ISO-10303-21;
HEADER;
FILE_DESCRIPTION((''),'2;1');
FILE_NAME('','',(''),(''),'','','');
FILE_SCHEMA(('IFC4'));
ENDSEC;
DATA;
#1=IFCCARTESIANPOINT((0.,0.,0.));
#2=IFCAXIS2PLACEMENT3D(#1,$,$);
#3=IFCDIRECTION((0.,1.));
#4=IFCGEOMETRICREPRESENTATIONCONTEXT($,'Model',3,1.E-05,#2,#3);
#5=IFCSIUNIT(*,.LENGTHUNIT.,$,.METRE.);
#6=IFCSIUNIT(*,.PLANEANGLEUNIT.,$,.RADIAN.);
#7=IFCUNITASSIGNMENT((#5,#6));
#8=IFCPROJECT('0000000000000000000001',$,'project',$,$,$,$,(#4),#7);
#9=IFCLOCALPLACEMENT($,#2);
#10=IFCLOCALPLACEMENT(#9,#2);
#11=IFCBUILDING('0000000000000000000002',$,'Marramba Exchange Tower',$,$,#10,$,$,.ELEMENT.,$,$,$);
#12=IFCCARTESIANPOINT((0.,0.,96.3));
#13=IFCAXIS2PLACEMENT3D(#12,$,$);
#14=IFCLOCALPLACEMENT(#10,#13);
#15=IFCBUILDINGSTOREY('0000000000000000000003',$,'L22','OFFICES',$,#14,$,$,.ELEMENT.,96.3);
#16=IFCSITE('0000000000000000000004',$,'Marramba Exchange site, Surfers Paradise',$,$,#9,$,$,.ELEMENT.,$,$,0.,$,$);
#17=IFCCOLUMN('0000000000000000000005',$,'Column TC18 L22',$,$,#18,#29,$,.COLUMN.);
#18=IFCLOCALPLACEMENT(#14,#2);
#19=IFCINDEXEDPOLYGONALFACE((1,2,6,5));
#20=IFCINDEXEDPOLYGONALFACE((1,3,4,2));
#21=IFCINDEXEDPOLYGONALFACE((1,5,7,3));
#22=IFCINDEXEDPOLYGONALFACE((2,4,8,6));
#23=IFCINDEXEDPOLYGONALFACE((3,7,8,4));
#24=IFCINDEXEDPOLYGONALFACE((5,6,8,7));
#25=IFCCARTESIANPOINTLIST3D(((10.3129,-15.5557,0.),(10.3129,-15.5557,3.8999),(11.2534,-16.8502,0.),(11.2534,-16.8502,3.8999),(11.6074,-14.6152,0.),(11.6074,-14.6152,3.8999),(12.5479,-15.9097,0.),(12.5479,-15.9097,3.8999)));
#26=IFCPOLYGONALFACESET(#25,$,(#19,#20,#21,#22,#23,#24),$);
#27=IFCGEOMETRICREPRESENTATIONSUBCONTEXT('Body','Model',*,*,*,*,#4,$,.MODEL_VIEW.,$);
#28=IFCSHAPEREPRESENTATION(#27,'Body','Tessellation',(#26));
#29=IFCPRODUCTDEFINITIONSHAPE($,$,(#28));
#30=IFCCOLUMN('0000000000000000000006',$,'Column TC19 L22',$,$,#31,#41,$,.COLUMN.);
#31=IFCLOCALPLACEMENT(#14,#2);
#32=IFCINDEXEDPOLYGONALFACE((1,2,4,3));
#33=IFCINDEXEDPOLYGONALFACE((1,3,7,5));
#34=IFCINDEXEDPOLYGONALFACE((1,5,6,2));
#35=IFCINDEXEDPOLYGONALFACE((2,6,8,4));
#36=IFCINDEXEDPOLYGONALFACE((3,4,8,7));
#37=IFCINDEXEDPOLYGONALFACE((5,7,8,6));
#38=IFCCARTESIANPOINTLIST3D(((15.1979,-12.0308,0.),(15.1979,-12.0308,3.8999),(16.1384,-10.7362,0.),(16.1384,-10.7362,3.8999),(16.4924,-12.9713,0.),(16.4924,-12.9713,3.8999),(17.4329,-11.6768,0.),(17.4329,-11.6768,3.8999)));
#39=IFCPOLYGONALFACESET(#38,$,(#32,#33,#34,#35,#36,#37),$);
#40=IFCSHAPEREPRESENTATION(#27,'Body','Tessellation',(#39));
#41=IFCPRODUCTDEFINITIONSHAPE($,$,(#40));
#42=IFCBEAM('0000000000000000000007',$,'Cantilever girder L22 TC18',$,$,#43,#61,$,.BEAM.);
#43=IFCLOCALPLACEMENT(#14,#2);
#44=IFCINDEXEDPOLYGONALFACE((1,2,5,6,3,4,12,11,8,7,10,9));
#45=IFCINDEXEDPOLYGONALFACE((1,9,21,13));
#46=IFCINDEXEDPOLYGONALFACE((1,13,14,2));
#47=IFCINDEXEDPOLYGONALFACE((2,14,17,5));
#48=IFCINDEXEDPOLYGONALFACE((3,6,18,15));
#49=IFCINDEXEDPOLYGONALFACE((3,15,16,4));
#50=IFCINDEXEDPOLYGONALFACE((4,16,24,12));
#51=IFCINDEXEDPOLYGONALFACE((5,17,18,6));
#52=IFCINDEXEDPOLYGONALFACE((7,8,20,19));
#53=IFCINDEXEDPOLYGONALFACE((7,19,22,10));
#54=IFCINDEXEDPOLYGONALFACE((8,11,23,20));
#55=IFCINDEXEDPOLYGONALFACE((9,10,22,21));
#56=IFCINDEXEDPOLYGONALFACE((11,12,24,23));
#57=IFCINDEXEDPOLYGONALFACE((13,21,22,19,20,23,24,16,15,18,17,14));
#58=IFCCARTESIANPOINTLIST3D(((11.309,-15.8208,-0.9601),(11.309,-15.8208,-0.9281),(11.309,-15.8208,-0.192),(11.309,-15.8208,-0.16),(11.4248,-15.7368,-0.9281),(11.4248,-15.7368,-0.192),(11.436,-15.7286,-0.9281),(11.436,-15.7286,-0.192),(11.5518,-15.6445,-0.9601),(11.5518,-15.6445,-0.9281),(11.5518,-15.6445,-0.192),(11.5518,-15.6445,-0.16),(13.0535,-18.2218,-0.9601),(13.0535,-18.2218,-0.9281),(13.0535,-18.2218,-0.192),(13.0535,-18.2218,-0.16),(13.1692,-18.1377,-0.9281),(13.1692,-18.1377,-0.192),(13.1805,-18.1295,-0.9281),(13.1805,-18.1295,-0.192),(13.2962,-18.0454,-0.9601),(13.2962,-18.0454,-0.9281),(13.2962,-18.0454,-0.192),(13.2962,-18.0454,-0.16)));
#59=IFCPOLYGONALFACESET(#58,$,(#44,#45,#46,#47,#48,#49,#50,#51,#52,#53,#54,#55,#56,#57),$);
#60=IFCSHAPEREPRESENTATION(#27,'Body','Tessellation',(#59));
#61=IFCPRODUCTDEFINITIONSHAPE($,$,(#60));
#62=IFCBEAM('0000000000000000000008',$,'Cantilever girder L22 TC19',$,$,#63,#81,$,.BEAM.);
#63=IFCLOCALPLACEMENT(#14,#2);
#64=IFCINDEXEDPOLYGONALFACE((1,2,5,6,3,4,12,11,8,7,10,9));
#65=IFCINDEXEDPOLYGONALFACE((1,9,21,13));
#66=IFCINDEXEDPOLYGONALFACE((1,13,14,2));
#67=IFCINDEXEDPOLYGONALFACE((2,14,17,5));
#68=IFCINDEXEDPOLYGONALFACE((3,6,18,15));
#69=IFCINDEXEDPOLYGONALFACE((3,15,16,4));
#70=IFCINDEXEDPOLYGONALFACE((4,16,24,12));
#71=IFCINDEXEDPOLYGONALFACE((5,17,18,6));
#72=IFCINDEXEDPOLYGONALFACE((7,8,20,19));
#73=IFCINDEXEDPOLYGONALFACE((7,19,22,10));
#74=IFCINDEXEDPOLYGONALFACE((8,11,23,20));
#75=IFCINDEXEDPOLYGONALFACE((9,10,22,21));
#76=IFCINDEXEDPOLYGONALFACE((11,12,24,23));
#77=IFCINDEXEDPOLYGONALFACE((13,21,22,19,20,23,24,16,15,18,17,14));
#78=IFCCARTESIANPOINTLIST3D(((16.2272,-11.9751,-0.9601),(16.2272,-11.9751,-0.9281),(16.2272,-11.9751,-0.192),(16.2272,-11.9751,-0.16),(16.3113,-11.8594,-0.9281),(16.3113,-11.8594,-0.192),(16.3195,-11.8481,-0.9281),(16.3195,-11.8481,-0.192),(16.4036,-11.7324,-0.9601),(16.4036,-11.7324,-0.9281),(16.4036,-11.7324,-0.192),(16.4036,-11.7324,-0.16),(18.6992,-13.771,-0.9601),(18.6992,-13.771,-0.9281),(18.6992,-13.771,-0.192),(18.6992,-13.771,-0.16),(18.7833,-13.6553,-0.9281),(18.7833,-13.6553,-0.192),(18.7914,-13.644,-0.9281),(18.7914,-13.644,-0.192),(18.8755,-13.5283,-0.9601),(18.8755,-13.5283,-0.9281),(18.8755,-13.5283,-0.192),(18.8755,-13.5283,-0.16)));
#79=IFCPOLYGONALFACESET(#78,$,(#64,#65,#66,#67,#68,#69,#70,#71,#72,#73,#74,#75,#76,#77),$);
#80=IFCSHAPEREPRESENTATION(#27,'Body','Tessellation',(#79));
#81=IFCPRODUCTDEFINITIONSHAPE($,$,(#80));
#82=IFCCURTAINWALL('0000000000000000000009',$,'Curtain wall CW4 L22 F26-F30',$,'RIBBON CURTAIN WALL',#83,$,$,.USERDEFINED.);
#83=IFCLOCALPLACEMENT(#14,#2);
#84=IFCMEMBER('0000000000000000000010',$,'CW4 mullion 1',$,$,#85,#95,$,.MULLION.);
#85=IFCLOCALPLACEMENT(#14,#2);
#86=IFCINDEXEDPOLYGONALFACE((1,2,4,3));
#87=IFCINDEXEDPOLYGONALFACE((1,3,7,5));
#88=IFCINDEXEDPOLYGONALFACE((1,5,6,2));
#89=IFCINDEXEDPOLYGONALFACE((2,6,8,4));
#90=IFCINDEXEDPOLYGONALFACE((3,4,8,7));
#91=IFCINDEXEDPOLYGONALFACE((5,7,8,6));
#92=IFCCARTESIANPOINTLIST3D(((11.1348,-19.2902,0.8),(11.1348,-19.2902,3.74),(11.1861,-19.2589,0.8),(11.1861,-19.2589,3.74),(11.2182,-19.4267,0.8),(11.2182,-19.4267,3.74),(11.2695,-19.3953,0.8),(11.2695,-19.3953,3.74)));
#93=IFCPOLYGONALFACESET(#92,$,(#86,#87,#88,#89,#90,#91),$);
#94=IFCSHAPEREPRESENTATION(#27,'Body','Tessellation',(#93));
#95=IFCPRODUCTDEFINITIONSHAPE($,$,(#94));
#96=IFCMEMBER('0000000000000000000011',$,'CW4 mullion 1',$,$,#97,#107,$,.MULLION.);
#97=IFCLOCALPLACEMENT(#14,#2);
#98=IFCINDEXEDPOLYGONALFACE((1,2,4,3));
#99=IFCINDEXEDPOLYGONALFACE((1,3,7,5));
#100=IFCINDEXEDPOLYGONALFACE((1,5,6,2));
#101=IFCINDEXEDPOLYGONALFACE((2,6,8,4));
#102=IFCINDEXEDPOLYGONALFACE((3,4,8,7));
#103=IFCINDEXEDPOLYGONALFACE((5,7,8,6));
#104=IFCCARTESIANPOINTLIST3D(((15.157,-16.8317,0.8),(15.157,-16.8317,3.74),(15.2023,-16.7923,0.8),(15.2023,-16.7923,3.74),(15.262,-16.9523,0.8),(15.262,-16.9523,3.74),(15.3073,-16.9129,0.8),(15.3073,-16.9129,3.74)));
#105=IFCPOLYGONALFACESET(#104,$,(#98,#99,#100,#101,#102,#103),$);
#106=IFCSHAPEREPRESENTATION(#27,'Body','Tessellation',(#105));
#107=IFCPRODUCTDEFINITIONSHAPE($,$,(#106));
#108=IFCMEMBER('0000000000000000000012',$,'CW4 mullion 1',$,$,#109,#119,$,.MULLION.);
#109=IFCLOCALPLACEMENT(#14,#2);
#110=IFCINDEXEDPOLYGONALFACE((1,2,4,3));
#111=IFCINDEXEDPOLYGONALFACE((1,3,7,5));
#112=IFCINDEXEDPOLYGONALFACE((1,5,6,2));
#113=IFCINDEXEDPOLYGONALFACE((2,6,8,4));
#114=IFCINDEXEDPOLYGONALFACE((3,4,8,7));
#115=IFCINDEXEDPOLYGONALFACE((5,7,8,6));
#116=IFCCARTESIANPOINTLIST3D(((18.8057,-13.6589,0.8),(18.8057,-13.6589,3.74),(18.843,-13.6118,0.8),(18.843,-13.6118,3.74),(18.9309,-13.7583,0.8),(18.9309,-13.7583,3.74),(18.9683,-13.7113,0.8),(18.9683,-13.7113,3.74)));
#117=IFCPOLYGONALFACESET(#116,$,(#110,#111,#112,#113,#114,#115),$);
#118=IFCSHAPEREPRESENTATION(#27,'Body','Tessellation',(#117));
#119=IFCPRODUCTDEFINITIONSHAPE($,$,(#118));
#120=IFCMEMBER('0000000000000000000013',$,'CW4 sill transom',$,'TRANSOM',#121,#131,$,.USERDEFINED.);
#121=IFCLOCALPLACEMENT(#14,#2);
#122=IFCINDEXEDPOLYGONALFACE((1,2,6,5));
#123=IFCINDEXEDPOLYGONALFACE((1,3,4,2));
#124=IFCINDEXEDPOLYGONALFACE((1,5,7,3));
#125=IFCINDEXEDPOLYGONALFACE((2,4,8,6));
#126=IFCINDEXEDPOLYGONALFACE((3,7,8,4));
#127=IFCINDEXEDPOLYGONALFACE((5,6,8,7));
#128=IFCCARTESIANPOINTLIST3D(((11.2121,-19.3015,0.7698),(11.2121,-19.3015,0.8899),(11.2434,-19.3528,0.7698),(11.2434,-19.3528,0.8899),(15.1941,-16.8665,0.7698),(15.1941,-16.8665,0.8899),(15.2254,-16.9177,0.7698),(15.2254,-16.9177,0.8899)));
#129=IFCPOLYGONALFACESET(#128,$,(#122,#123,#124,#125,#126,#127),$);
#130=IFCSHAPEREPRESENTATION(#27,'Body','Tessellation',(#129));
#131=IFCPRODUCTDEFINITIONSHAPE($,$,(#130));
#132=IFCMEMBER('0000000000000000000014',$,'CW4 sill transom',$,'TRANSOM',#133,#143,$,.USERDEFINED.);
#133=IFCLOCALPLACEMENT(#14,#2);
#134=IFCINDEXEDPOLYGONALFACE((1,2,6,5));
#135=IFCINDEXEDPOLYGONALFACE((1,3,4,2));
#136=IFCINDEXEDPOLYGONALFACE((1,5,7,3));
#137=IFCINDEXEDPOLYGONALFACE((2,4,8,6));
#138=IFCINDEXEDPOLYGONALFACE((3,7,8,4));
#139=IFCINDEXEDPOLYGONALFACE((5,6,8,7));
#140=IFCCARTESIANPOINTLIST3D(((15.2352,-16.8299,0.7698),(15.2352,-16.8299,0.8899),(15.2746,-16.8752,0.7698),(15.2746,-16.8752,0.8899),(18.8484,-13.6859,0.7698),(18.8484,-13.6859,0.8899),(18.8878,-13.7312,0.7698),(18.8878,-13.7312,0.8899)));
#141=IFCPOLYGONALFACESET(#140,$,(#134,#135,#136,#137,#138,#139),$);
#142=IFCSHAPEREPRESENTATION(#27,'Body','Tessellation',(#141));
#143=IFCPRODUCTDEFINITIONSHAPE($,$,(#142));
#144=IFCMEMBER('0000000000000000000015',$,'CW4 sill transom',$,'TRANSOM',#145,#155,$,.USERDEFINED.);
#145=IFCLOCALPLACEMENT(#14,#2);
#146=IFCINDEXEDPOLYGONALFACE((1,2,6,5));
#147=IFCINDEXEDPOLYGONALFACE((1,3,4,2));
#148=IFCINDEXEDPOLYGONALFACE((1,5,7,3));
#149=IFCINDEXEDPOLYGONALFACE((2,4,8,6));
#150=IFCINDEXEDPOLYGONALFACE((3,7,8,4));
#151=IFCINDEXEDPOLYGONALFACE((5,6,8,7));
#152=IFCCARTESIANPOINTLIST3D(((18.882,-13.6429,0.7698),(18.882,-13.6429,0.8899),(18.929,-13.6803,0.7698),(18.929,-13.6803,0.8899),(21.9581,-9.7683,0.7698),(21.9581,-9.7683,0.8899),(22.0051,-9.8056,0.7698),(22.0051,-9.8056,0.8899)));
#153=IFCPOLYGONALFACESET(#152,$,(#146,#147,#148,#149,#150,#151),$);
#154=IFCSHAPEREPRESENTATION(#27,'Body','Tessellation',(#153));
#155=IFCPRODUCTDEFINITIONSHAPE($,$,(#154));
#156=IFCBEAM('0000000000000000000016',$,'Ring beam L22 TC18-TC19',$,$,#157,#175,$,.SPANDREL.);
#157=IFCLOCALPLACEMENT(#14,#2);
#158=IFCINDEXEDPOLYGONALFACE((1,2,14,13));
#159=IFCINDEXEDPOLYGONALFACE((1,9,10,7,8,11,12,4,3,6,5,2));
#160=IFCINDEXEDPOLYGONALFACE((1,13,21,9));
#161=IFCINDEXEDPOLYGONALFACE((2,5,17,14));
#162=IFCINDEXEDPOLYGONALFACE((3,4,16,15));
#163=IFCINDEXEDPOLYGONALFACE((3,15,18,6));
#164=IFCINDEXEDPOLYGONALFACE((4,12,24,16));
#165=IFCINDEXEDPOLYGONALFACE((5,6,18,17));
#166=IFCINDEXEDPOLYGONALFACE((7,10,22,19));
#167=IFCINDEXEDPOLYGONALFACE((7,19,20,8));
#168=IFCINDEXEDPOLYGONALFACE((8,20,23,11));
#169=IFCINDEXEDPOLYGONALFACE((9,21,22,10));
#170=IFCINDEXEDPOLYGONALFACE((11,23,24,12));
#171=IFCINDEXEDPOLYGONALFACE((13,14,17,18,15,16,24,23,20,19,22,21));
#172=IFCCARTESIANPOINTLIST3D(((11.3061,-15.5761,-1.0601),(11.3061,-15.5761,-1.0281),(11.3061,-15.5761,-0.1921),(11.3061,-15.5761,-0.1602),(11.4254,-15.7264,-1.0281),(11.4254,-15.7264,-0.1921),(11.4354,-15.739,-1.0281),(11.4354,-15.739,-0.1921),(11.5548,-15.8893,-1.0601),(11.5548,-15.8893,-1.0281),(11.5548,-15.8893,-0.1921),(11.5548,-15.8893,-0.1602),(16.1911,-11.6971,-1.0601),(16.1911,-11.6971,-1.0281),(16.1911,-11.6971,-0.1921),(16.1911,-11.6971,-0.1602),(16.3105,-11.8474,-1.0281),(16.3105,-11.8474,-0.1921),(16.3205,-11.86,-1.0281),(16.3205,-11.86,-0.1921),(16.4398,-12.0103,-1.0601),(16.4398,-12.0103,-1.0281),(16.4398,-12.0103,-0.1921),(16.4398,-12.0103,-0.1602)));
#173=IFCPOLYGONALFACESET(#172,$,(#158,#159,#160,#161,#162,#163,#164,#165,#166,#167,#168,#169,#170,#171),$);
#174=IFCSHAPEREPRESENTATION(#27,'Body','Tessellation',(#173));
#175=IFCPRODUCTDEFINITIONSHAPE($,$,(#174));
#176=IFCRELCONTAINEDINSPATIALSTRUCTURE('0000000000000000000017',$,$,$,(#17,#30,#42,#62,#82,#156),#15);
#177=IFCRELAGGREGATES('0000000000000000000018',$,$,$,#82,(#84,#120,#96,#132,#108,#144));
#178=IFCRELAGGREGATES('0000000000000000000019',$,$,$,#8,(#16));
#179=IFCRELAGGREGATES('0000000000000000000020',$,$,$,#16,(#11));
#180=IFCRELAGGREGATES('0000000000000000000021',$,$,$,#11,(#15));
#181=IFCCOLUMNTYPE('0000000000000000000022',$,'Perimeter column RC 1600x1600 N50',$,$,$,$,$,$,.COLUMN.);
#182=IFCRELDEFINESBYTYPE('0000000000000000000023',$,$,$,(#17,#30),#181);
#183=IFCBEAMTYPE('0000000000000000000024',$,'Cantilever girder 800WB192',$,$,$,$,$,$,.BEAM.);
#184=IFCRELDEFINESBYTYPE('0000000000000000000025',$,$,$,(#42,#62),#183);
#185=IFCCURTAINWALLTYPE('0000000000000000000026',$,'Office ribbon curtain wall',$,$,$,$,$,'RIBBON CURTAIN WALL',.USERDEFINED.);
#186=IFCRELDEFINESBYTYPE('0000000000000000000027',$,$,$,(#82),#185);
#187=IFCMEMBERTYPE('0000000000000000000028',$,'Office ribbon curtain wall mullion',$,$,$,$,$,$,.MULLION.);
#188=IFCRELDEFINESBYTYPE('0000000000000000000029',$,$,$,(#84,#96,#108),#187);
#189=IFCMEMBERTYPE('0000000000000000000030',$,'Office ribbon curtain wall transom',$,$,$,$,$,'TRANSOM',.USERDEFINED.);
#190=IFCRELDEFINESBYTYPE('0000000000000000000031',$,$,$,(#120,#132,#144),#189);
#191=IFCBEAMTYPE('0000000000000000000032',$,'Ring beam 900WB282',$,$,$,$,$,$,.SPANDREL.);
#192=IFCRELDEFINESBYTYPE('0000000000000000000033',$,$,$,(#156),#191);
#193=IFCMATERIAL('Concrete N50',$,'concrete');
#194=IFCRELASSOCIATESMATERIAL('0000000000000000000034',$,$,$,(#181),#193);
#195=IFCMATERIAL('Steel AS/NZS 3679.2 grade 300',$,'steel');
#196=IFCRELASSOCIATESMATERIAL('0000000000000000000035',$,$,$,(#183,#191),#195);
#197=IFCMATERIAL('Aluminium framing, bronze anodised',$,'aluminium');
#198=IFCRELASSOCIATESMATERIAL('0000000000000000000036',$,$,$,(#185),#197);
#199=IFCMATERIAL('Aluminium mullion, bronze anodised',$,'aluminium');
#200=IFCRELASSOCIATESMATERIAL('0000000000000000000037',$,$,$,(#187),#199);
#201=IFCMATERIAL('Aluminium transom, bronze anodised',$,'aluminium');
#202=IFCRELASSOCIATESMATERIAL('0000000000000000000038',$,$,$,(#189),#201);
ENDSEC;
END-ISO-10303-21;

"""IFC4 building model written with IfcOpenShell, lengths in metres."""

from ifc_helpers import new_model, si_unit, direction, frame, origin, origin_2d, place, context, subcontext, project, spatial, rectangle, i_section, extrude, material, material_profile, profile_set, type_object, element, aggregate, save


model = new_model("IFC4")

# Units and contexts
model_context = context("Model", 3, precision=1e-05, world=origin(), true_north=direction((0.0, 1.0)))
body_context = subcontext(model_context, "Body", "Model", "MODEL_VIEW")
ifc_project = project(units=[si_unit("LENGTHUNIT", "METRE"), si_unit("PLANEANGLEUNIT", "RADIAN")], contexts=[model_context])

# Site, building, storey
site_placement = place(None, origin())
site = spatial("IfcSite", under=ifc_project, at=site_placement, Name="Marramba Exchange site, Surfers Paradise", CompositionType="ELEMENT", RefElevation=0.0)
building_placement = place(site_placement, origin())
building = spatial("IfcBuilding", under=site, at=building_placement, Name="Marramba Exchange Tower", CompositionType="ELEMENT")
storey_placement = place(building_placement, frame((0.0, 0.0, 96.3)))
storey = spatial("IfcBuildingStorey", under=building, at=storey_placement, Name="L22", Description="OFFICES", CompositionType="ELEMENT", Elevation=96.3)

# Columns
ifc_material_1 = material(Name="Concrete N50", Category="concrete")
ifc_material_profile_1 = material_profile(ifc_material_1, rectangle(XDim=1.6001, YDim=1.6001, at=origin_2d()), Name="RC 1600x1600")
ifc_profile_set_1 = profile_set([ifc_material_profile_1], Name="Concrete N50")
column_type = type_object("IfcColumnType", Name="Perimeter column RC 1600x1600 N50", PredefinedType="COLUMN", material=ifc_profile_set_1)
for number, where, z_axis, x_axis, name in (
    (1, (11.4304, -15.7327, 0.0), (0.0, 0.0, 1.0), (0.587785, -0.809017, 0.0), "Column TC18 L22"),
    (2, (16.3154, -11.8538, 0.0), (0.0, 0.0, 1.0), (0.809017, -0.587785, 0.0), "Column TC19 L22"),
):
    element("IfcColumn", number, at=place(storey_placement, frame(where, z_axis=z_axis, x_axis=x_axis)), inside=storey, type_object=column_type, Name=name, PredefinedType="COLUMN", context=body_context, shape_type="SweptSolid", body=[
        extrude(rectangle(XDim=1.6001, YDim=1.6001, at=origin_2d()), origin(), (0.0, 0.0, 1.0), 3.8999),
    ])

# Beams
ifc_material_2 = material(Name="Steel AS/NZS 3679.2 grade 300", Category="steel")
ifc_material_profile_2 = material_profile(ifc_material_2, i_section(OverallWidth=0.3, OverallDepth=0.8, WebThickness=0.0139, FlangeThickness=0.032, at=origin_2d()), Name="800WB192")
ifc_profile_set_2 = profile_set([ifc_material_profile_2], Name="Steel AS/NZS 3679.2 grade 300")
beam_type_1 = type_object("IfcBeamType", Name="Cantilever girder 800WB192", PredefinedType="BEAM", material=ifc_profile_set_2)
beam_1_placement = place(storey_placement, frame((11.4304, -15.7327, -0.5601), z_axis=(0.587795, -0.80901, 0.0), x_axis=(0.80901, 0.587795, 0.0)))
element("IfcBeam", 3, at=beam_1_placement, inside=storey, type_object=beam_type_1, Name="Cantilever girder L22 TC18", PredefinedType="BEAM", context=body_context, shape_type="SweptSolid", body=[
    extrude(i_section(OverallWidth=0.3, OverallDepth=0.8, WebThickness=0.0139, FlangeThickness=0.032, at=origin_2d()), origin(), (0.0, 0.0, 1.0), 2.9678),
])
beam_2_placement = place(storey_placement, frame((16.3154, -11.8538, -0.5601), z_axis=(0.809026, -0.587773, 0.0), x_axis=(0.587773, 0.809026, 0.0)))
element("IfcBeam", 4, at=beam_2_placement, inside=storey, type_object=beam_type_1, Name="Cantilever girder L22 TC19", PredefinedType="BEAM", context=body_context, shape_type="SweptSolid", body=[
    extrude(i_section(OverallWidth=0.3, OverallDepth=0.8, WebThickness=0.0139, FlangeThickness=0.032, at=origin_2d()), origin(), (0.0, 0.0, 1.0), 3.0554),
])

# Curtain wall, members
ifc_material_3 = material(Name="Aluminium framing, bronze anodised", Category="aluminium")
curtain_wall_type = type_object("IfcCurtainWallType", Name="Office ribbon curtain wall", ElementType="RIBBON CURTAIN WALL", PredefinedType="USERDEFINED", material=ifc_material_3)
curtain_wall_placement = place(storey_placement, origin())
curtain_wall = element("IfcCurtainWall", 5, at=curtain_wall_placement, inside=storey, type_object=curtain_wall_type, Name="Curtain wall CW4 L22 F26-F30", ObjectType="RIBBON CURTAIN WALL", PredefinedType="USERDEFINED")
ifc_material_4 = material(Name="Aluminium mullion, bronze anodised", Category="aluminium")
ifc_material_profile_3 = material_profile(ifc_material_4, rectangle(XDim=0.1599, YDim=0.0601, at=origin_2d()), Name="CW4 mullion 60x160")
ifc_profile_set_3 = profile_set([ifc_material_profile_3], Name="Aluminium mullion, bronze anodised")
member_type_1 = type_object("IfcMemberType", Name="Office ribbon curtain wall mullion", PredefinedType="MULLION", material=ifc_profile_set_3)
member_1_placement = place(storey_placement, frame((11.2021, -19.3428, 0.8), z_axis=(0.0, 0.0, 1.0), x_axis=(-0.521733, 0.853109, 0.0)))
member_1 = element("IfcMember", 6, at=member_1_placement, type_object=member_type_1, Name="CW4 mullion 1", PredefinedType="MULLION", context=body_context, shape_type="SweptSolid", body=[
    extrude(rectangle(XDim=0.1599, YDim=0.0601, at=origin_2d()), origin(), (0.0, 0.0, 1.0), 2.9399),
])
member_2_placement = place(storey_placement, frame((15.2322, -16.8723, 0.8), z_axis=(0.0, 0.0, 1.0), x_axis=(-0.656432, 0.754386, 0.0)))
member_2 = element("IfcMember", 7, at=member_2_placement, type_object=member_type_1, Name="CW4 mullion 1", PredefinedType="MULLION", context=body_context, shape_type="SweptSolid", body=[
    extrude(rectangle(XDim=0.1599, YDim=0.0601, at=origin_2d()), origin(), (0.0, 0.0, 1.0), 2.9399),
])
member_3_placement = place(storey_placement, frame((18.887, -13.6851, 0.8), z_axis=(0.0, 0.0, 1.0), x_axis=(-0.78317, 0.621807, 0.0)))
member_3 = element("IfcMember", 8, at=member_3_placement, type_object=member_type_1, Name="CW4 mullion 1", PredefinedType="MULLION", context=body_context, shape_type="SweptSolid", body=[
    extrude(rectangle(XDim=0.1599, YDim=0.0601, at=origin_2d()), origin(), (0.0, 0.0, 1.0), 2.9399),
])
ifc_material_5 = material(Name="Aluminium transom, bronze anodised", Category="aluminium")
ifc_material_profile_4 = material_profile(ifc_material_5, rectangle(XDim=0.0601, YDim=0.1201, at=origin_2d()), Name="CW4 transom 60x120")
ifc_profile_set_4 = profile_set([ifc_material_profile_4], Name="Aluminium transom, bronze anodised")
member_type_2 = type_object("IfcMemberType", Name="Office ribbon curtain wall transom", ElementType="TRANSOM", PredefinedType="USERDEFINED", material=ifc_profile_set_4)
member_4_placement = place(storey_placement, frame((11.2278, -19.3271, 0.8298), z_axis=(0.853124, 0.521708, 0.0), x_axis=(-0.521708, 0.853124, 0.0)))
member_4 = element("IfcMember", 9, at=member_4_placement, type_object=member_type_2, Name="CW4 sill transom", ObjectType="TRANSOM", PredefinedType="USERDEFINED", context=body_context, shape_type="SweptSolid", body=[
    extrude(rectangle(XDim=0.0601, YDim=0.1201, at=origin_2d()), origin(), (0.0, 0.0, 1.0), 4.6675),
])
member_5_placement = place(storey_placement, frame((15.2549, -16.8525, 0.8298), z_axis=(0.754393, 0.656424, 0.0), x_axis=(-0.656424, 0.754393, 0.0)))
member_5 = element("IfcMember", 10, at=member_5_placement, type_object=member_type_2, Name="CW4 sill transom", ObjectType="TRANSOM", PredefinedType="USERDEFINED", context=body_context, shape_type="SweptSolid", body=[
    extrude(rectangle(XDim=0.0601, YDim=0.1201, at=origin_2d()), origin(), (0.0, 0.0, 1.0), 4.7896),
])
member_6_placement = place(storey_placement, frame((18.9055, -13.6616, 0.8298), z_axis=(0.621778, 0.783194, 0.0), x_axis=(-0.783194, 0.621778, 0.0)))
member_6 = element("IfcMember", 11, at=member_6_placement, type_object=member_type_2, Name="CW4 sill transom", ObjectType="TRANSOM", PredefinedType="USERDEFINED", context=body_context, shape_type="SweptSolid", body=[
    extrude(rectangle(XDim=0.0601, YDim=0.1201, at=origin_2d()), origin(), (0.0, 0.0, 1.0), 4.9473),
])

# Beam
ifc_material_profile_5 = material_profile(ifc_material_2, i_section(OverallWidth=0.3999, OverallDepth=0.8999, WebThickness=0.0161, FlangeThickness=0.032, at=origin_2d()), Name="900WB282")
ifc_profile_set_5 = profile_set([ifc_material_profile_5], Name="Steel AS/NZS 3679.2 grade 300")
beam_type_2 = type_object("IfcBeamType", Name="Ring beam 900WB282", PredefinedType="SPANDREL", material=ifc_profile_set_5)
beam_3_placement = place(storey_placement, frame((11.4304, -15.7327, -0.6101), z_axis=(0.783139, 0.621846, 0.0), x_axis=(-0.621846, 0.783139, 0.0)))
element("IfcBeam", 12, at=beam_3_placement, inside=storey, type_object=beam_type_2, Name="Ring beam L22 TC18-TC19", PredefinedType="SPANDREL", context=body_context, shape_type="SweptSolid", body=[
    extrude(i_section(OverallWidth=0.3999, OverallDepth=0.8999, WebThickness=0.0161, FlangeThickness=0.032, at=origin_2d()), origin(), (0.0, 0.0, 1.0), 6.2378),
])

aggregate(curtain_wall, [member_1, member_4, member_2, member_5, member_3, member_6])

save(model, "model.ifc")
